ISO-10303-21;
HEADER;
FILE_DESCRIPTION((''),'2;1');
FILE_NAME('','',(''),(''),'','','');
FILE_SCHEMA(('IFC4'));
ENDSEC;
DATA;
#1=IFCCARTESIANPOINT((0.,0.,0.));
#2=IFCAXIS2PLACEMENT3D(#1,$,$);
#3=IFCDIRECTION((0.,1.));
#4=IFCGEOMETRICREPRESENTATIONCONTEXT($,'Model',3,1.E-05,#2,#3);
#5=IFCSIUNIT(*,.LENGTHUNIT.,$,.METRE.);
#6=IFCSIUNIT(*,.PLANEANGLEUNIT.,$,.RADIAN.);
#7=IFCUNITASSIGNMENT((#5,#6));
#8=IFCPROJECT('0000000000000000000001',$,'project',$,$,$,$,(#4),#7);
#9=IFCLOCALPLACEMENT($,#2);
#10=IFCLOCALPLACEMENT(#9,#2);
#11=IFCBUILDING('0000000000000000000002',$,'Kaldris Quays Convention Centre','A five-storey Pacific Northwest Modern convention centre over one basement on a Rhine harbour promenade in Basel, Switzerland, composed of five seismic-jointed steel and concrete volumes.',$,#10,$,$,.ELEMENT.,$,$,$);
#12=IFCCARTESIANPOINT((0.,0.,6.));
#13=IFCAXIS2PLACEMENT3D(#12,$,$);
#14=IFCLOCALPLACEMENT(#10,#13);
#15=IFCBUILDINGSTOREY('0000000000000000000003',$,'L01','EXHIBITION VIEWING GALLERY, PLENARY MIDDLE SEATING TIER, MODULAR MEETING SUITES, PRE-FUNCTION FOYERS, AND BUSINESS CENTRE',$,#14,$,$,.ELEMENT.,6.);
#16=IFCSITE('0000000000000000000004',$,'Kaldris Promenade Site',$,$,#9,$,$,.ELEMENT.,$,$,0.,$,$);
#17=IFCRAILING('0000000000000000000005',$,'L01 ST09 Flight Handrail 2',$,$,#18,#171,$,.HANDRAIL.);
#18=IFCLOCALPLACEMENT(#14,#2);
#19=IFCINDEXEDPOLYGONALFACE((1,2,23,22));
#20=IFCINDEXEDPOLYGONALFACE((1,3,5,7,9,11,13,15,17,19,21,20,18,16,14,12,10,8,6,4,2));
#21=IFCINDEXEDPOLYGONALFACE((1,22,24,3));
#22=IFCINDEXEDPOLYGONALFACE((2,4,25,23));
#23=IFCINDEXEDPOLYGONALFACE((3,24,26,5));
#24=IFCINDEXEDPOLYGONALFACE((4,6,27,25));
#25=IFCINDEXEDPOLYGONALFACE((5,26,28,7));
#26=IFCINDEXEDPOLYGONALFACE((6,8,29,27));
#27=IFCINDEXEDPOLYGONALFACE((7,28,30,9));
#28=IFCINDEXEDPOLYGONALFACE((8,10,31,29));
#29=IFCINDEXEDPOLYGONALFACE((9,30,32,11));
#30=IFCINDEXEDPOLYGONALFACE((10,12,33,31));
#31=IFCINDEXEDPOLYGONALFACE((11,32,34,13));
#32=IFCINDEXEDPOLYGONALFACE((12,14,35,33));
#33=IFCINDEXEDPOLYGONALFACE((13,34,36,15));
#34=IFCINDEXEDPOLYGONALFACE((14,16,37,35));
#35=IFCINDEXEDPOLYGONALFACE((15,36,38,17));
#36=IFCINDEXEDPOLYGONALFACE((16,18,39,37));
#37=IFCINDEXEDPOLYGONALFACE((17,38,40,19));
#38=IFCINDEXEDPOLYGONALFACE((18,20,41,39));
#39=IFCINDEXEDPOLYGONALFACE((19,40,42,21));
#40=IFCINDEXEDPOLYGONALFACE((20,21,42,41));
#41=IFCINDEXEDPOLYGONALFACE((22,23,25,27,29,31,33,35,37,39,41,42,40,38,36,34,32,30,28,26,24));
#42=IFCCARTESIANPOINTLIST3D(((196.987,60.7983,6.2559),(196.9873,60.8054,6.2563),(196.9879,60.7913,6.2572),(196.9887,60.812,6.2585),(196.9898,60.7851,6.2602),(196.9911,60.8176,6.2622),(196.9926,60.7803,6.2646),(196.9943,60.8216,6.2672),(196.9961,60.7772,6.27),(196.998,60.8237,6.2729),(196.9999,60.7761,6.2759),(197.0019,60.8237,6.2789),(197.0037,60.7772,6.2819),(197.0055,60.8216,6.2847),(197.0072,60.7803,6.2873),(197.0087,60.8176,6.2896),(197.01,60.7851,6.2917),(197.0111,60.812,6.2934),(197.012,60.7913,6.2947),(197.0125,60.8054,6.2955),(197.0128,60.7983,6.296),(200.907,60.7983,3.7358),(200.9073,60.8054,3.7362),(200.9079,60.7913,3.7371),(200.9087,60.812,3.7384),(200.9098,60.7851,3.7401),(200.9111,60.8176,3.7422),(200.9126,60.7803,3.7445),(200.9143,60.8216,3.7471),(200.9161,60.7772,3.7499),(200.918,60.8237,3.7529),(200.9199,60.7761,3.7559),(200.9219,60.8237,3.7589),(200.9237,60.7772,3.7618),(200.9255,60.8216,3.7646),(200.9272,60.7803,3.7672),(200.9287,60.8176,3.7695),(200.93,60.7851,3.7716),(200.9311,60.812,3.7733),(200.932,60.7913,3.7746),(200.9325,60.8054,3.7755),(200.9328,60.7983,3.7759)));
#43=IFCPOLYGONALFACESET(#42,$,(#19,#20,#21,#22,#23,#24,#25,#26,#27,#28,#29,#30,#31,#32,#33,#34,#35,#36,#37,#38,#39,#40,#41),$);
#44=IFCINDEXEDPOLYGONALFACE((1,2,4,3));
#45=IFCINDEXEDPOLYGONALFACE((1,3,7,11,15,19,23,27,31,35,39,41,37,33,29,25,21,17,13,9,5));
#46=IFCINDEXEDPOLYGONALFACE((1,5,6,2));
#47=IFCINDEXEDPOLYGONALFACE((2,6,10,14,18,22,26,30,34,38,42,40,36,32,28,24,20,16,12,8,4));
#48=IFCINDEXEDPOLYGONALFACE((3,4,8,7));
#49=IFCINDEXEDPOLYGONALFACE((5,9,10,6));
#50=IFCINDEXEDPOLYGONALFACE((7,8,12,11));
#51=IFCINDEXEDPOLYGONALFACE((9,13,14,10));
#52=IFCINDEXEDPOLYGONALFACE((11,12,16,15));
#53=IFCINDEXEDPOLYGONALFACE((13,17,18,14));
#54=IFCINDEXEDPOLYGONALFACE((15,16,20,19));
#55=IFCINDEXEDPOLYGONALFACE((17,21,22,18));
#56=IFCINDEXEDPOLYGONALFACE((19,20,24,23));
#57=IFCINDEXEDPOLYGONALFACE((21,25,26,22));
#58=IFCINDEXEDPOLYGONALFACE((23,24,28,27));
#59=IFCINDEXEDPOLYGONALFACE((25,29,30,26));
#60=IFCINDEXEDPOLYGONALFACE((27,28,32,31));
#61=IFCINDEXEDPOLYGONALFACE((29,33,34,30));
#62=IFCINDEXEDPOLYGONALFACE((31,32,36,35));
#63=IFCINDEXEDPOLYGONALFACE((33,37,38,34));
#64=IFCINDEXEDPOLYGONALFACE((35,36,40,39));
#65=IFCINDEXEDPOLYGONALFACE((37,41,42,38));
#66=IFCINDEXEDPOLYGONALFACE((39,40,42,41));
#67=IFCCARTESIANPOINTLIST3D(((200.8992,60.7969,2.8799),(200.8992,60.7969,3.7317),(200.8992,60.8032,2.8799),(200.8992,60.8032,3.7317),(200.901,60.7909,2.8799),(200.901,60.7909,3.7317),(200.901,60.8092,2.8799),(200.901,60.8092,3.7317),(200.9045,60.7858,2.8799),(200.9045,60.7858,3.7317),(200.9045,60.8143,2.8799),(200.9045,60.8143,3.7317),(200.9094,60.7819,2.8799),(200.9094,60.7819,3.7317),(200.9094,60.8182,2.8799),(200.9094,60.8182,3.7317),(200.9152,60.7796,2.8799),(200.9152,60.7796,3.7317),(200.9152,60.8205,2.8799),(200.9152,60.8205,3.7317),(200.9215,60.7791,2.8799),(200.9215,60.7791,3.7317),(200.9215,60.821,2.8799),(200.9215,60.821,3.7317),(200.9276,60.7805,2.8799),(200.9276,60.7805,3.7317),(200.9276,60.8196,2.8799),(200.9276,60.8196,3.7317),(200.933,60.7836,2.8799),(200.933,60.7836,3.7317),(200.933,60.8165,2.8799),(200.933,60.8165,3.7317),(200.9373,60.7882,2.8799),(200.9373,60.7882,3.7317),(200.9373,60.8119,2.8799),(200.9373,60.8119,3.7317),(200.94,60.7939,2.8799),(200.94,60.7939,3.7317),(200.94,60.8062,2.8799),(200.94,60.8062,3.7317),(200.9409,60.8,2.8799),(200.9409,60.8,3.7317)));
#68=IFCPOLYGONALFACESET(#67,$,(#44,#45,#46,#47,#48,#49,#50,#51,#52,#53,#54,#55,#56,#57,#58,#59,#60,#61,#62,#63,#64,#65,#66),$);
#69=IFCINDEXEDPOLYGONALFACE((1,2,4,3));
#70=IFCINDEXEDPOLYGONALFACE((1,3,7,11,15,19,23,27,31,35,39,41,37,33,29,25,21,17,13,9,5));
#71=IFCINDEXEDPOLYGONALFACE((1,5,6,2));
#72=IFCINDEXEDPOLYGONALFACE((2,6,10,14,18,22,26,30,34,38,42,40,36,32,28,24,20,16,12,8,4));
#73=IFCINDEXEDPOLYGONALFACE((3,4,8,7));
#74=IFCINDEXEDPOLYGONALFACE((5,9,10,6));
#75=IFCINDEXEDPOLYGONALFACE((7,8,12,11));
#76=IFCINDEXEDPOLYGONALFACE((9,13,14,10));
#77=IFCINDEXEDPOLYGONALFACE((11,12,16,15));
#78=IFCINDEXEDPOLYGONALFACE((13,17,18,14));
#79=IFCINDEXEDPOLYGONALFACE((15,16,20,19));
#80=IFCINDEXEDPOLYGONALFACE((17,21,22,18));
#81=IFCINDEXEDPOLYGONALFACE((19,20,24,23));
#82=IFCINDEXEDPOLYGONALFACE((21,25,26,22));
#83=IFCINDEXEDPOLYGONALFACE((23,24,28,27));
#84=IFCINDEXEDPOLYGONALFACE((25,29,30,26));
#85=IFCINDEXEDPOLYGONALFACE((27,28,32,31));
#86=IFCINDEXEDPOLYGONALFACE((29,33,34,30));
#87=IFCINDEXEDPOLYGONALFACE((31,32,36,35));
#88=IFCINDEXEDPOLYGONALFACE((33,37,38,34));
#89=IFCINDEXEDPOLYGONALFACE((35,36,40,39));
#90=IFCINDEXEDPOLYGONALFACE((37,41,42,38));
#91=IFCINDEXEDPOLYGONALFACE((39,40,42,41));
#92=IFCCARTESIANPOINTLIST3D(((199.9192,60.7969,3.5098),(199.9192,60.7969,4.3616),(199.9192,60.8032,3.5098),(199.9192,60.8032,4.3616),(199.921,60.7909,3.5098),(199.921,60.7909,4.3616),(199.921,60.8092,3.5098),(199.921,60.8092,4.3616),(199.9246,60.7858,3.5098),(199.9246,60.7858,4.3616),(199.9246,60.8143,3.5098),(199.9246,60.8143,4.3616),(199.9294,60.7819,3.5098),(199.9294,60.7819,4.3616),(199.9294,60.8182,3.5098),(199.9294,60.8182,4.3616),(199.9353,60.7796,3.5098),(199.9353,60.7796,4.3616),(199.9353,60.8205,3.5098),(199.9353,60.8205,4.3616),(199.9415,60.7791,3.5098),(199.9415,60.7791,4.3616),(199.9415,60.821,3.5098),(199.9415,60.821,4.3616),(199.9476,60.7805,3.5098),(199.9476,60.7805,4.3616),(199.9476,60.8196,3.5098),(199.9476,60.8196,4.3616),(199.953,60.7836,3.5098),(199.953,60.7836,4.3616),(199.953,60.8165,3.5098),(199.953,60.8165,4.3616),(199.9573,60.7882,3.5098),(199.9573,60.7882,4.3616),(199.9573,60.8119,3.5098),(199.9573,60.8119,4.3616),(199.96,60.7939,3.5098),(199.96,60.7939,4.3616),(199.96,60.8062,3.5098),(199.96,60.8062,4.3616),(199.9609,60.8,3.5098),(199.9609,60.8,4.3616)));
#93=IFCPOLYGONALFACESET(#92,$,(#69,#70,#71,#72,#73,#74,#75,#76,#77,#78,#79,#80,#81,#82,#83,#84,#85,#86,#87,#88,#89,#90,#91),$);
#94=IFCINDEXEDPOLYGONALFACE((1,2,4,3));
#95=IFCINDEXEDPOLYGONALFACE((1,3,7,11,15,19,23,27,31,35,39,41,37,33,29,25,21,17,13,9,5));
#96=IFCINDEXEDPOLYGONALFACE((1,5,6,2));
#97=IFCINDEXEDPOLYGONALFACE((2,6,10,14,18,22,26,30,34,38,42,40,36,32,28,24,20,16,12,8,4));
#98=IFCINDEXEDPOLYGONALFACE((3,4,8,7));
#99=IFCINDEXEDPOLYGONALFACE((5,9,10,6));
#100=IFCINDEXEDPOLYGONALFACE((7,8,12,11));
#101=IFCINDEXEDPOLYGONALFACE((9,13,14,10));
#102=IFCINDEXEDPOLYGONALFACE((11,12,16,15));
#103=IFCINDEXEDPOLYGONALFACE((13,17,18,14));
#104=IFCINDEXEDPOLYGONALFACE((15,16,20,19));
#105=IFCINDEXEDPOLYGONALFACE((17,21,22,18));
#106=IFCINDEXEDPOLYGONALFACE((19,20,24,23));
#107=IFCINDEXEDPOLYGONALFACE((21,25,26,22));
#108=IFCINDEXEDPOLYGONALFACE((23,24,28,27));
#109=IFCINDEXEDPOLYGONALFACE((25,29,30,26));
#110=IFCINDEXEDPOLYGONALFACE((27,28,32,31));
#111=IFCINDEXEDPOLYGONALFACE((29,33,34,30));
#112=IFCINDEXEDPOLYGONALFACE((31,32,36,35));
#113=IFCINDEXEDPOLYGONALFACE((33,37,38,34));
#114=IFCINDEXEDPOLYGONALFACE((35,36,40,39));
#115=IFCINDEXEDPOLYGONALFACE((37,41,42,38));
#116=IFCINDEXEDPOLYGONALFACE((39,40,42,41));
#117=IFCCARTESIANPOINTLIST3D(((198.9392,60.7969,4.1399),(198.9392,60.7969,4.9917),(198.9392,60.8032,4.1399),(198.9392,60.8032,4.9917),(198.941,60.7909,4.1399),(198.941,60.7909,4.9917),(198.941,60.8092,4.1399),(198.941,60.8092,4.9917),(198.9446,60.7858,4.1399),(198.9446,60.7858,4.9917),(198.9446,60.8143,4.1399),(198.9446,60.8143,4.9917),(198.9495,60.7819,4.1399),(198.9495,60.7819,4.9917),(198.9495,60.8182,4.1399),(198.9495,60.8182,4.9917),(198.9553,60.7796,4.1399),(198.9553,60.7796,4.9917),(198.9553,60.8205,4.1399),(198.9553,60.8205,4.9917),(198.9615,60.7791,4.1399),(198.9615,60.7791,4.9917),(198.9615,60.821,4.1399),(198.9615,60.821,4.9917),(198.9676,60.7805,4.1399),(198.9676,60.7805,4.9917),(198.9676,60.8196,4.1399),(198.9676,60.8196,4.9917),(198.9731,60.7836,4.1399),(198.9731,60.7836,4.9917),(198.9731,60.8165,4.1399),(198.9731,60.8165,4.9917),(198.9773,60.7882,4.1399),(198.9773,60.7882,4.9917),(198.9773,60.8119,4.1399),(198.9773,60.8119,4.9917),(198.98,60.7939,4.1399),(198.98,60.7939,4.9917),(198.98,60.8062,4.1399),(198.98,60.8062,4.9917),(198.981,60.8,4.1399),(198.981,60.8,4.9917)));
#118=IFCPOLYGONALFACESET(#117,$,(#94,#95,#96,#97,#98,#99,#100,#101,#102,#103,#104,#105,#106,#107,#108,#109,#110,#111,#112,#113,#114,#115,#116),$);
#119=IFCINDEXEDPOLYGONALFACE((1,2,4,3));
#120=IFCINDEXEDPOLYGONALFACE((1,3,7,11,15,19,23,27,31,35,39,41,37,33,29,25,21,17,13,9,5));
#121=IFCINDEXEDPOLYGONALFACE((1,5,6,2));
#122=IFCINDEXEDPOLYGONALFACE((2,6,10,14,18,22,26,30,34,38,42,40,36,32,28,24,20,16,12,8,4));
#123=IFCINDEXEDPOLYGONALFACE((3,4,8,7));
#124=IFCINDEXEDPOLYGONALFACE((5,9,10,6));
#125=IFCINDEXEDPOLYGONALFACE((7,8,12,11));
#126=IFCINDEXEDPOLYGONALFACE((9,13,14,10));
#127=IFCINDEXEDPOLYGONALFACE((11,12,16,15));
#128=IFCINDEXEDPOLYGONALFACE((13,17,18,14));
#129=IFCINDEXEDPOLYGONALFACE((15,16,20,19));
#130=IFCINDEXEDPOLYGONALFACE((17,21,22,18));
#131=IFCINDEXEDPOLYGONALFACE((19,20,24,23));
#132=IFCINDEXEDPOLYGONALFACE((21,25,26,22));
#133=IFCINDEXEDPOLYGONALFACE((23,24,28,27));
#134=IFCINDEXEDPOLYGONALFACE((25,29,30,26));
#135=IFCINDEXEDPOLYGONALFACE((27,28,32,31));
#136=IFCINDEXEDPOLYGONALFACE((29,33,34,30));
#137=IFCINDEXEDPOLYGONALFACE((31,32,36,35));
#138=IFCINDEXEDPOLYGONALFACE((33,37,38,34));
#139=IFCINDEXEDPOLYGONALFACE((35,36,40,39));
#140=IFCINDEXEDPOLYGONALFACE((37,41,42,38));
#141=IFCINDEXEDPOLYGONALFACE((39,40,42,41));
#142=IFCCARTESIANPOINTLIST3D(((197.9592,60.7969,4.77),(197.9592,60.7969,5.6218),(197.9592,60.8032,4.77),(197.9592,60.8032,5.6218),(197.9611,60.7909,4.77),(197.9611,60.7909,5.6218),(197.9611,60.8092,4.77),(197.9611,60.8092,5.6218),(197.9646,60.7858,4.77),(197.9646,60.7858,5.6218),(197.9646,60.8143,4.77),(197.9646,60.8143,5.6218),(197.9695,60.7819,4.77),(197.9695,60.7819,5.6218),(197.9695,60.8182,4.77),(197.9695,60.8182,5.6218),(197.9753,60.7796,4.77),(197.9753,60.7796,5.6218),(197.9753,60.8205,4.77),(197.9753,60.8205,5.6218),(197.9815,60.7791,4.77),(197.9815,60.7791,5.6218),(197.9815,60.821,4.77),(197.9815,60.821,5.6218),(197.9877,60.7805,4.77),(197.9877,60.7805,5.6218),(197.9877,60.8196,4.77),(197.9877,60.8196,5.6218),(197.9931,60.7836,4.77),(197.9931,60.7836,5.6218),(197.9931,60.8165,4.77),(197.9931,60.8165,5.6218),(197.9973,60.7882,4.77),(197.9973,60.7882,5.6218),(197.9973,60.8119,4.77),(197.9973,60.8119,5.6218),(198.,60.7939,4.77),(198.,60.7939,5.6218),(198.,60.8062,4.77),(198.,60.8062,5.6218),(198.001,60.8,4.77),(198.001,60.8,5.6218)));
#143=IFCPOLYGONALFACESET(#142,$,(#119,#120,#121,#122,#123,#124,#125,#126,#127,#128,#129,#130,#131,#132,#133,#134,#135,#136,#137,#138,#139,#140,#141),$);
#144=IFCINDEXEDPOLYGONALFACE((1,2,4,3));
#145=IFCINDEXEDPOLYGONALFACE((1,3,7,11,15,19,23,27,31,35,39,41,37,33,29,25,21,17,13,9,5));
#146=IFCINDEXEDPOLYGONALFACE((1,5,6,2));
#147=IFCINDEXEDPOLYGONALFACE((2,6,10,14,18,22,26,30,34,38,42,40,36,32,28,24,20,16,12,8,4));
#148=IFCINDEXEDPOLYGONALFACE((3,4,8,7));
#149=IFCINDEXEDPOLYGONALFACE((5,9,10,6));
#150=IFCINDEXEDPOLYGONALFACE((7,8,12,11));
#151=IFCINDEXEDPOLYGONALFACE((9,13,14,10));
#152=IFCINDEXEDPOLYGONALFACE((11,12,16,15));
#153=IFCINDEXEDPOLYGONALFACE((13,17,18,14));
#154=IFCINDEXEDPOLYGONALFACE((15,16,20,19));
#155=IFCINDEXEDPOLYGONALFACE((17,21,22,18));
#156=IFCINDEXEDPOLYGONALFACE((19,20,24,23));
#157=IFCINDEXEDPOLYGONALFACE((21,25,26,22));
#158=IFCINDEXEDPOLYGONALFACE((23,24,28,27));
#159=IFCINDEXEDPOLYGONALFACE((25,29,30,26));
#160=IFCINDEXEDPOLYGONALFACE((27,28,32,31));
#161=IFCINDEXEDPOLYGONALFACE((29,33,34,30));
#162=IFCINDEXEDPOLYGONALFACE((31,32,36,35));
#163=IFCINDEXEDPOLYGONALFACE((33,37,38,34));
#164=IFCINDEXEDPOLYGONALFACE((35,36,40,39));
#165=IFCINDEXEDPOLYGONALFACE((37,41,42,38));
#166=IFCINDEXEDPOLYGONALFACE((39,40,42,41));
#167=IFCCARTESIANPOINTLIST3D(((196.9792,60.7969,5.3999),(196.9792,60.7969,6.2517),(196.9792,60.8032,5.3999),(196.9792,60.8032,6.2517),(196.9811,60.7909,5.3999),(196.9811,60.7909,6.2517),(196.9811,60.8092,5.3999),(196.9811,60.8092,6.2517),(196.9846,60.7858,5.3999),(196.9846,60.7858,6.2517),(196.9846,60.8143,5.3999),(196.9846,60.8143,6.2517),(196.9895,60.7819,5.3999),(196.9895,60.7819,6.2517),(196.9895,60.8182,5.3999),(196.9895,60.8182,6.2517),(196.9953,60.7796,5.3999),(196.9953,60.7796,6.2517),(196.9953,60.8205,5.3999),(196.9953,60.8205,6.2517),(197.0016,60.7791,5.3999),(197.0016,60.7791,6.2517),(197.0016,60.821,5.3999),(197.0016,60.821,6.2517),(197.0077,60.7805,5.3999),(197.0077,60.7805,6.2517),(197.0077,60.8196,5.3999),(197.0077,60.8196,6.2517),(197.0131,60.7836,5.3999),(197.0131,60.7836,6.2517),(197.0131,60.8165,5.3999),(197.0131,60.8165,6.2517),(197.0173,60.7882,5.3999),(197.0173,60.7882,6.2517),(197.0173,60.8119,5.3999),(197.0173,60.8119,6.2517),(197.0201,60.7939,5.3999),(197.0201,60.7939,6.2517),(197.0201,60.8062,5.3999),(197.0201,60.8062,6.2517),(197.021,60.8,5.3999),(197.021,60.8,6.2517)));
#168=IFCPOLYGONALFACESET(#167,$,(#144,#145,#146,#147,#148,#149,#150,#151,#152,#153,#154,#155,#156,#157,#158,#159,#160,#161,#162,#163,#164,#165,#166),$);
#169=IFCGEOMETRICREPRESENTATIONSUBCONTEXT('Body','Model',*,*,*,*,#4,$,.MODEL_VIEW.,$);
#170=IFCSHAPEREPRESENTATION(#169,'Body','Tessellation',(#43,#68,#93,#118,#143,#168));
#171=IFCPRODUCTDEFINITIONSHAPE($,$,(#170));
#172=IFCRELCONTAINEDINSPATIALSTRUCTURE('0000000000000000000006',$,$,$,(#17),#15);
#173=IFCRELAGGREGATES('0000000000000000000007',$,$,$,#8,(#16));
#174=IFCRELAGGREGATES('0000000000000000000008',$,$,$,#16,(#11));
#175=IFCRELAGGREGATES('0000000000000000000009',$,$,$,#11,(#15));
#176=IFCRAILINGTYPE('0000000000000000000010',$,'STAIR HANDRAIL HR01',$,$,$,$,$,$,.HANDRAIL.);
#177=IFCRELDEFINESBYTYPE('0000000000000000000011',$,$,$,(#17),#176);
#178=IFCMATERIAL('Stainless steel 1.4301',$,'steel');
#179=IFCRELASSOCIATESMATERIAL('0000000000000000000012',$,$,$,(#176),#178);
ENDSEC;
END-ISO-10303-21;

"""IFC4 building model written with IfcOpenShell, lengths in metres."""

from ifc_helpers import new_model, si_unit, direction, frame, origin, origin_2d, place, context, subcontext, project, spatial, circle, extrude, material, type_object, element, save


model = new_model("IFC4")

# Units and contexts
model_context = context("Model", 3, precision=1e-05, world=origin(), true_north=direction((0.0, 1.0)))
body_context = subcontext(model_context, "Body", "Model", "MODEL_VIEW")
ifc_project = project(units=[si_unit("LENGTHUNIT", "METRE"), si_unit("PLANEANGLEUNIT", "RADIAN")], contexts=[model_context])

# Site, building, storey
site_placement = place(None, origin())
site = spatial("IfcSite", under=ifc_project, at=site_placement, Name="Kaldris Promenade Site", CompositionType="ELEMENT", RefElevation=0.0)
building_placement = place(site_placement, origin())
building = spatial("IfcBuilding", under=site, at=building_placement, Name="Kaldris Quays Convention Centre", Description="A five-storey Pacific Northwest Modern convention centre over one basement on a Rhine harbour promenade in Basel, Switzerland, composed of five seismic-jointed steel and concrete volumes.", CompositionType="ELEMENT")
storey_placement = place(building_placement, frame((0.0, 0.0, 6.0)))
storey = spatial("IfcBuildingStorey", under=building, at=storey_placement, Name="L01", Description="EXHIBITION VIEWING GALLERY, PLENARY MIDDLE SEATING TIER, MODULAR MEETING SUITES, PRE-FUNCTION FOYERS, AND BUSINESS CENTRE", CompositionType="ELEMENT", Elevation=6.0)

# Railing
ifc_material_1 = material(Name="Stainless steel 1.4301", Category="steel")
railing_type_1 = type_object("IfcRailingType", Name="STAIR HANDRAIL HR01", PredefinedType="HANDRAIL", material=ifc_material_1)
railing_1_placement = place(storey_placement, frame((200.9199, 60.8, 2.8799)))
element("IfcRailing", 1, at=railing_1_placement, inside=storey, type_object=railing_type_1, Name="L01 ST09 Flight Handrail 2", PredefinedType="HANDRAIL", context=body_context, shape_type="SweptSolid", body=[
    extrude(circle(Radius=0.0239, at=origin_2d()), frame((0.0, 0.0, 0.876), z_axis=(-0.841172, 0.0, 0.540768), x_axis=(0.0, -1.0, 0.0)), (0.0, 0.0, 1.0), 4.6602),
    extrude(circle(Radius=0.021, at=origin_2d()), origin(), (0.0, 0.0, 1.0), 0.8518),
    extrude(circle(Radius=0.021, at=origin_2d()), frame((-0.98, 0.0, 0.6299)), (0.0, 0.0, 1.0), 0.8518),
    extrude(circle(Radius=0.021, at=origin_2d()), frame((-1.96, 0.0, 1.26)), (0.0, 0.0, 1.0), 0.8518),
    extrude(circle(Radius=0.021, at=origin_2d()), frame((-2.9399, 0.0, 1.8901)), (0.0, 0.0, 1.0), 0.8518),
    extrude(circle(Radius=0.021, at=origin_2d()), frame((-3.9199, 0.0, 2.52)), (0.0, 0.0, 1.0), 0.8518),
])

save(model, "model.ifc")
